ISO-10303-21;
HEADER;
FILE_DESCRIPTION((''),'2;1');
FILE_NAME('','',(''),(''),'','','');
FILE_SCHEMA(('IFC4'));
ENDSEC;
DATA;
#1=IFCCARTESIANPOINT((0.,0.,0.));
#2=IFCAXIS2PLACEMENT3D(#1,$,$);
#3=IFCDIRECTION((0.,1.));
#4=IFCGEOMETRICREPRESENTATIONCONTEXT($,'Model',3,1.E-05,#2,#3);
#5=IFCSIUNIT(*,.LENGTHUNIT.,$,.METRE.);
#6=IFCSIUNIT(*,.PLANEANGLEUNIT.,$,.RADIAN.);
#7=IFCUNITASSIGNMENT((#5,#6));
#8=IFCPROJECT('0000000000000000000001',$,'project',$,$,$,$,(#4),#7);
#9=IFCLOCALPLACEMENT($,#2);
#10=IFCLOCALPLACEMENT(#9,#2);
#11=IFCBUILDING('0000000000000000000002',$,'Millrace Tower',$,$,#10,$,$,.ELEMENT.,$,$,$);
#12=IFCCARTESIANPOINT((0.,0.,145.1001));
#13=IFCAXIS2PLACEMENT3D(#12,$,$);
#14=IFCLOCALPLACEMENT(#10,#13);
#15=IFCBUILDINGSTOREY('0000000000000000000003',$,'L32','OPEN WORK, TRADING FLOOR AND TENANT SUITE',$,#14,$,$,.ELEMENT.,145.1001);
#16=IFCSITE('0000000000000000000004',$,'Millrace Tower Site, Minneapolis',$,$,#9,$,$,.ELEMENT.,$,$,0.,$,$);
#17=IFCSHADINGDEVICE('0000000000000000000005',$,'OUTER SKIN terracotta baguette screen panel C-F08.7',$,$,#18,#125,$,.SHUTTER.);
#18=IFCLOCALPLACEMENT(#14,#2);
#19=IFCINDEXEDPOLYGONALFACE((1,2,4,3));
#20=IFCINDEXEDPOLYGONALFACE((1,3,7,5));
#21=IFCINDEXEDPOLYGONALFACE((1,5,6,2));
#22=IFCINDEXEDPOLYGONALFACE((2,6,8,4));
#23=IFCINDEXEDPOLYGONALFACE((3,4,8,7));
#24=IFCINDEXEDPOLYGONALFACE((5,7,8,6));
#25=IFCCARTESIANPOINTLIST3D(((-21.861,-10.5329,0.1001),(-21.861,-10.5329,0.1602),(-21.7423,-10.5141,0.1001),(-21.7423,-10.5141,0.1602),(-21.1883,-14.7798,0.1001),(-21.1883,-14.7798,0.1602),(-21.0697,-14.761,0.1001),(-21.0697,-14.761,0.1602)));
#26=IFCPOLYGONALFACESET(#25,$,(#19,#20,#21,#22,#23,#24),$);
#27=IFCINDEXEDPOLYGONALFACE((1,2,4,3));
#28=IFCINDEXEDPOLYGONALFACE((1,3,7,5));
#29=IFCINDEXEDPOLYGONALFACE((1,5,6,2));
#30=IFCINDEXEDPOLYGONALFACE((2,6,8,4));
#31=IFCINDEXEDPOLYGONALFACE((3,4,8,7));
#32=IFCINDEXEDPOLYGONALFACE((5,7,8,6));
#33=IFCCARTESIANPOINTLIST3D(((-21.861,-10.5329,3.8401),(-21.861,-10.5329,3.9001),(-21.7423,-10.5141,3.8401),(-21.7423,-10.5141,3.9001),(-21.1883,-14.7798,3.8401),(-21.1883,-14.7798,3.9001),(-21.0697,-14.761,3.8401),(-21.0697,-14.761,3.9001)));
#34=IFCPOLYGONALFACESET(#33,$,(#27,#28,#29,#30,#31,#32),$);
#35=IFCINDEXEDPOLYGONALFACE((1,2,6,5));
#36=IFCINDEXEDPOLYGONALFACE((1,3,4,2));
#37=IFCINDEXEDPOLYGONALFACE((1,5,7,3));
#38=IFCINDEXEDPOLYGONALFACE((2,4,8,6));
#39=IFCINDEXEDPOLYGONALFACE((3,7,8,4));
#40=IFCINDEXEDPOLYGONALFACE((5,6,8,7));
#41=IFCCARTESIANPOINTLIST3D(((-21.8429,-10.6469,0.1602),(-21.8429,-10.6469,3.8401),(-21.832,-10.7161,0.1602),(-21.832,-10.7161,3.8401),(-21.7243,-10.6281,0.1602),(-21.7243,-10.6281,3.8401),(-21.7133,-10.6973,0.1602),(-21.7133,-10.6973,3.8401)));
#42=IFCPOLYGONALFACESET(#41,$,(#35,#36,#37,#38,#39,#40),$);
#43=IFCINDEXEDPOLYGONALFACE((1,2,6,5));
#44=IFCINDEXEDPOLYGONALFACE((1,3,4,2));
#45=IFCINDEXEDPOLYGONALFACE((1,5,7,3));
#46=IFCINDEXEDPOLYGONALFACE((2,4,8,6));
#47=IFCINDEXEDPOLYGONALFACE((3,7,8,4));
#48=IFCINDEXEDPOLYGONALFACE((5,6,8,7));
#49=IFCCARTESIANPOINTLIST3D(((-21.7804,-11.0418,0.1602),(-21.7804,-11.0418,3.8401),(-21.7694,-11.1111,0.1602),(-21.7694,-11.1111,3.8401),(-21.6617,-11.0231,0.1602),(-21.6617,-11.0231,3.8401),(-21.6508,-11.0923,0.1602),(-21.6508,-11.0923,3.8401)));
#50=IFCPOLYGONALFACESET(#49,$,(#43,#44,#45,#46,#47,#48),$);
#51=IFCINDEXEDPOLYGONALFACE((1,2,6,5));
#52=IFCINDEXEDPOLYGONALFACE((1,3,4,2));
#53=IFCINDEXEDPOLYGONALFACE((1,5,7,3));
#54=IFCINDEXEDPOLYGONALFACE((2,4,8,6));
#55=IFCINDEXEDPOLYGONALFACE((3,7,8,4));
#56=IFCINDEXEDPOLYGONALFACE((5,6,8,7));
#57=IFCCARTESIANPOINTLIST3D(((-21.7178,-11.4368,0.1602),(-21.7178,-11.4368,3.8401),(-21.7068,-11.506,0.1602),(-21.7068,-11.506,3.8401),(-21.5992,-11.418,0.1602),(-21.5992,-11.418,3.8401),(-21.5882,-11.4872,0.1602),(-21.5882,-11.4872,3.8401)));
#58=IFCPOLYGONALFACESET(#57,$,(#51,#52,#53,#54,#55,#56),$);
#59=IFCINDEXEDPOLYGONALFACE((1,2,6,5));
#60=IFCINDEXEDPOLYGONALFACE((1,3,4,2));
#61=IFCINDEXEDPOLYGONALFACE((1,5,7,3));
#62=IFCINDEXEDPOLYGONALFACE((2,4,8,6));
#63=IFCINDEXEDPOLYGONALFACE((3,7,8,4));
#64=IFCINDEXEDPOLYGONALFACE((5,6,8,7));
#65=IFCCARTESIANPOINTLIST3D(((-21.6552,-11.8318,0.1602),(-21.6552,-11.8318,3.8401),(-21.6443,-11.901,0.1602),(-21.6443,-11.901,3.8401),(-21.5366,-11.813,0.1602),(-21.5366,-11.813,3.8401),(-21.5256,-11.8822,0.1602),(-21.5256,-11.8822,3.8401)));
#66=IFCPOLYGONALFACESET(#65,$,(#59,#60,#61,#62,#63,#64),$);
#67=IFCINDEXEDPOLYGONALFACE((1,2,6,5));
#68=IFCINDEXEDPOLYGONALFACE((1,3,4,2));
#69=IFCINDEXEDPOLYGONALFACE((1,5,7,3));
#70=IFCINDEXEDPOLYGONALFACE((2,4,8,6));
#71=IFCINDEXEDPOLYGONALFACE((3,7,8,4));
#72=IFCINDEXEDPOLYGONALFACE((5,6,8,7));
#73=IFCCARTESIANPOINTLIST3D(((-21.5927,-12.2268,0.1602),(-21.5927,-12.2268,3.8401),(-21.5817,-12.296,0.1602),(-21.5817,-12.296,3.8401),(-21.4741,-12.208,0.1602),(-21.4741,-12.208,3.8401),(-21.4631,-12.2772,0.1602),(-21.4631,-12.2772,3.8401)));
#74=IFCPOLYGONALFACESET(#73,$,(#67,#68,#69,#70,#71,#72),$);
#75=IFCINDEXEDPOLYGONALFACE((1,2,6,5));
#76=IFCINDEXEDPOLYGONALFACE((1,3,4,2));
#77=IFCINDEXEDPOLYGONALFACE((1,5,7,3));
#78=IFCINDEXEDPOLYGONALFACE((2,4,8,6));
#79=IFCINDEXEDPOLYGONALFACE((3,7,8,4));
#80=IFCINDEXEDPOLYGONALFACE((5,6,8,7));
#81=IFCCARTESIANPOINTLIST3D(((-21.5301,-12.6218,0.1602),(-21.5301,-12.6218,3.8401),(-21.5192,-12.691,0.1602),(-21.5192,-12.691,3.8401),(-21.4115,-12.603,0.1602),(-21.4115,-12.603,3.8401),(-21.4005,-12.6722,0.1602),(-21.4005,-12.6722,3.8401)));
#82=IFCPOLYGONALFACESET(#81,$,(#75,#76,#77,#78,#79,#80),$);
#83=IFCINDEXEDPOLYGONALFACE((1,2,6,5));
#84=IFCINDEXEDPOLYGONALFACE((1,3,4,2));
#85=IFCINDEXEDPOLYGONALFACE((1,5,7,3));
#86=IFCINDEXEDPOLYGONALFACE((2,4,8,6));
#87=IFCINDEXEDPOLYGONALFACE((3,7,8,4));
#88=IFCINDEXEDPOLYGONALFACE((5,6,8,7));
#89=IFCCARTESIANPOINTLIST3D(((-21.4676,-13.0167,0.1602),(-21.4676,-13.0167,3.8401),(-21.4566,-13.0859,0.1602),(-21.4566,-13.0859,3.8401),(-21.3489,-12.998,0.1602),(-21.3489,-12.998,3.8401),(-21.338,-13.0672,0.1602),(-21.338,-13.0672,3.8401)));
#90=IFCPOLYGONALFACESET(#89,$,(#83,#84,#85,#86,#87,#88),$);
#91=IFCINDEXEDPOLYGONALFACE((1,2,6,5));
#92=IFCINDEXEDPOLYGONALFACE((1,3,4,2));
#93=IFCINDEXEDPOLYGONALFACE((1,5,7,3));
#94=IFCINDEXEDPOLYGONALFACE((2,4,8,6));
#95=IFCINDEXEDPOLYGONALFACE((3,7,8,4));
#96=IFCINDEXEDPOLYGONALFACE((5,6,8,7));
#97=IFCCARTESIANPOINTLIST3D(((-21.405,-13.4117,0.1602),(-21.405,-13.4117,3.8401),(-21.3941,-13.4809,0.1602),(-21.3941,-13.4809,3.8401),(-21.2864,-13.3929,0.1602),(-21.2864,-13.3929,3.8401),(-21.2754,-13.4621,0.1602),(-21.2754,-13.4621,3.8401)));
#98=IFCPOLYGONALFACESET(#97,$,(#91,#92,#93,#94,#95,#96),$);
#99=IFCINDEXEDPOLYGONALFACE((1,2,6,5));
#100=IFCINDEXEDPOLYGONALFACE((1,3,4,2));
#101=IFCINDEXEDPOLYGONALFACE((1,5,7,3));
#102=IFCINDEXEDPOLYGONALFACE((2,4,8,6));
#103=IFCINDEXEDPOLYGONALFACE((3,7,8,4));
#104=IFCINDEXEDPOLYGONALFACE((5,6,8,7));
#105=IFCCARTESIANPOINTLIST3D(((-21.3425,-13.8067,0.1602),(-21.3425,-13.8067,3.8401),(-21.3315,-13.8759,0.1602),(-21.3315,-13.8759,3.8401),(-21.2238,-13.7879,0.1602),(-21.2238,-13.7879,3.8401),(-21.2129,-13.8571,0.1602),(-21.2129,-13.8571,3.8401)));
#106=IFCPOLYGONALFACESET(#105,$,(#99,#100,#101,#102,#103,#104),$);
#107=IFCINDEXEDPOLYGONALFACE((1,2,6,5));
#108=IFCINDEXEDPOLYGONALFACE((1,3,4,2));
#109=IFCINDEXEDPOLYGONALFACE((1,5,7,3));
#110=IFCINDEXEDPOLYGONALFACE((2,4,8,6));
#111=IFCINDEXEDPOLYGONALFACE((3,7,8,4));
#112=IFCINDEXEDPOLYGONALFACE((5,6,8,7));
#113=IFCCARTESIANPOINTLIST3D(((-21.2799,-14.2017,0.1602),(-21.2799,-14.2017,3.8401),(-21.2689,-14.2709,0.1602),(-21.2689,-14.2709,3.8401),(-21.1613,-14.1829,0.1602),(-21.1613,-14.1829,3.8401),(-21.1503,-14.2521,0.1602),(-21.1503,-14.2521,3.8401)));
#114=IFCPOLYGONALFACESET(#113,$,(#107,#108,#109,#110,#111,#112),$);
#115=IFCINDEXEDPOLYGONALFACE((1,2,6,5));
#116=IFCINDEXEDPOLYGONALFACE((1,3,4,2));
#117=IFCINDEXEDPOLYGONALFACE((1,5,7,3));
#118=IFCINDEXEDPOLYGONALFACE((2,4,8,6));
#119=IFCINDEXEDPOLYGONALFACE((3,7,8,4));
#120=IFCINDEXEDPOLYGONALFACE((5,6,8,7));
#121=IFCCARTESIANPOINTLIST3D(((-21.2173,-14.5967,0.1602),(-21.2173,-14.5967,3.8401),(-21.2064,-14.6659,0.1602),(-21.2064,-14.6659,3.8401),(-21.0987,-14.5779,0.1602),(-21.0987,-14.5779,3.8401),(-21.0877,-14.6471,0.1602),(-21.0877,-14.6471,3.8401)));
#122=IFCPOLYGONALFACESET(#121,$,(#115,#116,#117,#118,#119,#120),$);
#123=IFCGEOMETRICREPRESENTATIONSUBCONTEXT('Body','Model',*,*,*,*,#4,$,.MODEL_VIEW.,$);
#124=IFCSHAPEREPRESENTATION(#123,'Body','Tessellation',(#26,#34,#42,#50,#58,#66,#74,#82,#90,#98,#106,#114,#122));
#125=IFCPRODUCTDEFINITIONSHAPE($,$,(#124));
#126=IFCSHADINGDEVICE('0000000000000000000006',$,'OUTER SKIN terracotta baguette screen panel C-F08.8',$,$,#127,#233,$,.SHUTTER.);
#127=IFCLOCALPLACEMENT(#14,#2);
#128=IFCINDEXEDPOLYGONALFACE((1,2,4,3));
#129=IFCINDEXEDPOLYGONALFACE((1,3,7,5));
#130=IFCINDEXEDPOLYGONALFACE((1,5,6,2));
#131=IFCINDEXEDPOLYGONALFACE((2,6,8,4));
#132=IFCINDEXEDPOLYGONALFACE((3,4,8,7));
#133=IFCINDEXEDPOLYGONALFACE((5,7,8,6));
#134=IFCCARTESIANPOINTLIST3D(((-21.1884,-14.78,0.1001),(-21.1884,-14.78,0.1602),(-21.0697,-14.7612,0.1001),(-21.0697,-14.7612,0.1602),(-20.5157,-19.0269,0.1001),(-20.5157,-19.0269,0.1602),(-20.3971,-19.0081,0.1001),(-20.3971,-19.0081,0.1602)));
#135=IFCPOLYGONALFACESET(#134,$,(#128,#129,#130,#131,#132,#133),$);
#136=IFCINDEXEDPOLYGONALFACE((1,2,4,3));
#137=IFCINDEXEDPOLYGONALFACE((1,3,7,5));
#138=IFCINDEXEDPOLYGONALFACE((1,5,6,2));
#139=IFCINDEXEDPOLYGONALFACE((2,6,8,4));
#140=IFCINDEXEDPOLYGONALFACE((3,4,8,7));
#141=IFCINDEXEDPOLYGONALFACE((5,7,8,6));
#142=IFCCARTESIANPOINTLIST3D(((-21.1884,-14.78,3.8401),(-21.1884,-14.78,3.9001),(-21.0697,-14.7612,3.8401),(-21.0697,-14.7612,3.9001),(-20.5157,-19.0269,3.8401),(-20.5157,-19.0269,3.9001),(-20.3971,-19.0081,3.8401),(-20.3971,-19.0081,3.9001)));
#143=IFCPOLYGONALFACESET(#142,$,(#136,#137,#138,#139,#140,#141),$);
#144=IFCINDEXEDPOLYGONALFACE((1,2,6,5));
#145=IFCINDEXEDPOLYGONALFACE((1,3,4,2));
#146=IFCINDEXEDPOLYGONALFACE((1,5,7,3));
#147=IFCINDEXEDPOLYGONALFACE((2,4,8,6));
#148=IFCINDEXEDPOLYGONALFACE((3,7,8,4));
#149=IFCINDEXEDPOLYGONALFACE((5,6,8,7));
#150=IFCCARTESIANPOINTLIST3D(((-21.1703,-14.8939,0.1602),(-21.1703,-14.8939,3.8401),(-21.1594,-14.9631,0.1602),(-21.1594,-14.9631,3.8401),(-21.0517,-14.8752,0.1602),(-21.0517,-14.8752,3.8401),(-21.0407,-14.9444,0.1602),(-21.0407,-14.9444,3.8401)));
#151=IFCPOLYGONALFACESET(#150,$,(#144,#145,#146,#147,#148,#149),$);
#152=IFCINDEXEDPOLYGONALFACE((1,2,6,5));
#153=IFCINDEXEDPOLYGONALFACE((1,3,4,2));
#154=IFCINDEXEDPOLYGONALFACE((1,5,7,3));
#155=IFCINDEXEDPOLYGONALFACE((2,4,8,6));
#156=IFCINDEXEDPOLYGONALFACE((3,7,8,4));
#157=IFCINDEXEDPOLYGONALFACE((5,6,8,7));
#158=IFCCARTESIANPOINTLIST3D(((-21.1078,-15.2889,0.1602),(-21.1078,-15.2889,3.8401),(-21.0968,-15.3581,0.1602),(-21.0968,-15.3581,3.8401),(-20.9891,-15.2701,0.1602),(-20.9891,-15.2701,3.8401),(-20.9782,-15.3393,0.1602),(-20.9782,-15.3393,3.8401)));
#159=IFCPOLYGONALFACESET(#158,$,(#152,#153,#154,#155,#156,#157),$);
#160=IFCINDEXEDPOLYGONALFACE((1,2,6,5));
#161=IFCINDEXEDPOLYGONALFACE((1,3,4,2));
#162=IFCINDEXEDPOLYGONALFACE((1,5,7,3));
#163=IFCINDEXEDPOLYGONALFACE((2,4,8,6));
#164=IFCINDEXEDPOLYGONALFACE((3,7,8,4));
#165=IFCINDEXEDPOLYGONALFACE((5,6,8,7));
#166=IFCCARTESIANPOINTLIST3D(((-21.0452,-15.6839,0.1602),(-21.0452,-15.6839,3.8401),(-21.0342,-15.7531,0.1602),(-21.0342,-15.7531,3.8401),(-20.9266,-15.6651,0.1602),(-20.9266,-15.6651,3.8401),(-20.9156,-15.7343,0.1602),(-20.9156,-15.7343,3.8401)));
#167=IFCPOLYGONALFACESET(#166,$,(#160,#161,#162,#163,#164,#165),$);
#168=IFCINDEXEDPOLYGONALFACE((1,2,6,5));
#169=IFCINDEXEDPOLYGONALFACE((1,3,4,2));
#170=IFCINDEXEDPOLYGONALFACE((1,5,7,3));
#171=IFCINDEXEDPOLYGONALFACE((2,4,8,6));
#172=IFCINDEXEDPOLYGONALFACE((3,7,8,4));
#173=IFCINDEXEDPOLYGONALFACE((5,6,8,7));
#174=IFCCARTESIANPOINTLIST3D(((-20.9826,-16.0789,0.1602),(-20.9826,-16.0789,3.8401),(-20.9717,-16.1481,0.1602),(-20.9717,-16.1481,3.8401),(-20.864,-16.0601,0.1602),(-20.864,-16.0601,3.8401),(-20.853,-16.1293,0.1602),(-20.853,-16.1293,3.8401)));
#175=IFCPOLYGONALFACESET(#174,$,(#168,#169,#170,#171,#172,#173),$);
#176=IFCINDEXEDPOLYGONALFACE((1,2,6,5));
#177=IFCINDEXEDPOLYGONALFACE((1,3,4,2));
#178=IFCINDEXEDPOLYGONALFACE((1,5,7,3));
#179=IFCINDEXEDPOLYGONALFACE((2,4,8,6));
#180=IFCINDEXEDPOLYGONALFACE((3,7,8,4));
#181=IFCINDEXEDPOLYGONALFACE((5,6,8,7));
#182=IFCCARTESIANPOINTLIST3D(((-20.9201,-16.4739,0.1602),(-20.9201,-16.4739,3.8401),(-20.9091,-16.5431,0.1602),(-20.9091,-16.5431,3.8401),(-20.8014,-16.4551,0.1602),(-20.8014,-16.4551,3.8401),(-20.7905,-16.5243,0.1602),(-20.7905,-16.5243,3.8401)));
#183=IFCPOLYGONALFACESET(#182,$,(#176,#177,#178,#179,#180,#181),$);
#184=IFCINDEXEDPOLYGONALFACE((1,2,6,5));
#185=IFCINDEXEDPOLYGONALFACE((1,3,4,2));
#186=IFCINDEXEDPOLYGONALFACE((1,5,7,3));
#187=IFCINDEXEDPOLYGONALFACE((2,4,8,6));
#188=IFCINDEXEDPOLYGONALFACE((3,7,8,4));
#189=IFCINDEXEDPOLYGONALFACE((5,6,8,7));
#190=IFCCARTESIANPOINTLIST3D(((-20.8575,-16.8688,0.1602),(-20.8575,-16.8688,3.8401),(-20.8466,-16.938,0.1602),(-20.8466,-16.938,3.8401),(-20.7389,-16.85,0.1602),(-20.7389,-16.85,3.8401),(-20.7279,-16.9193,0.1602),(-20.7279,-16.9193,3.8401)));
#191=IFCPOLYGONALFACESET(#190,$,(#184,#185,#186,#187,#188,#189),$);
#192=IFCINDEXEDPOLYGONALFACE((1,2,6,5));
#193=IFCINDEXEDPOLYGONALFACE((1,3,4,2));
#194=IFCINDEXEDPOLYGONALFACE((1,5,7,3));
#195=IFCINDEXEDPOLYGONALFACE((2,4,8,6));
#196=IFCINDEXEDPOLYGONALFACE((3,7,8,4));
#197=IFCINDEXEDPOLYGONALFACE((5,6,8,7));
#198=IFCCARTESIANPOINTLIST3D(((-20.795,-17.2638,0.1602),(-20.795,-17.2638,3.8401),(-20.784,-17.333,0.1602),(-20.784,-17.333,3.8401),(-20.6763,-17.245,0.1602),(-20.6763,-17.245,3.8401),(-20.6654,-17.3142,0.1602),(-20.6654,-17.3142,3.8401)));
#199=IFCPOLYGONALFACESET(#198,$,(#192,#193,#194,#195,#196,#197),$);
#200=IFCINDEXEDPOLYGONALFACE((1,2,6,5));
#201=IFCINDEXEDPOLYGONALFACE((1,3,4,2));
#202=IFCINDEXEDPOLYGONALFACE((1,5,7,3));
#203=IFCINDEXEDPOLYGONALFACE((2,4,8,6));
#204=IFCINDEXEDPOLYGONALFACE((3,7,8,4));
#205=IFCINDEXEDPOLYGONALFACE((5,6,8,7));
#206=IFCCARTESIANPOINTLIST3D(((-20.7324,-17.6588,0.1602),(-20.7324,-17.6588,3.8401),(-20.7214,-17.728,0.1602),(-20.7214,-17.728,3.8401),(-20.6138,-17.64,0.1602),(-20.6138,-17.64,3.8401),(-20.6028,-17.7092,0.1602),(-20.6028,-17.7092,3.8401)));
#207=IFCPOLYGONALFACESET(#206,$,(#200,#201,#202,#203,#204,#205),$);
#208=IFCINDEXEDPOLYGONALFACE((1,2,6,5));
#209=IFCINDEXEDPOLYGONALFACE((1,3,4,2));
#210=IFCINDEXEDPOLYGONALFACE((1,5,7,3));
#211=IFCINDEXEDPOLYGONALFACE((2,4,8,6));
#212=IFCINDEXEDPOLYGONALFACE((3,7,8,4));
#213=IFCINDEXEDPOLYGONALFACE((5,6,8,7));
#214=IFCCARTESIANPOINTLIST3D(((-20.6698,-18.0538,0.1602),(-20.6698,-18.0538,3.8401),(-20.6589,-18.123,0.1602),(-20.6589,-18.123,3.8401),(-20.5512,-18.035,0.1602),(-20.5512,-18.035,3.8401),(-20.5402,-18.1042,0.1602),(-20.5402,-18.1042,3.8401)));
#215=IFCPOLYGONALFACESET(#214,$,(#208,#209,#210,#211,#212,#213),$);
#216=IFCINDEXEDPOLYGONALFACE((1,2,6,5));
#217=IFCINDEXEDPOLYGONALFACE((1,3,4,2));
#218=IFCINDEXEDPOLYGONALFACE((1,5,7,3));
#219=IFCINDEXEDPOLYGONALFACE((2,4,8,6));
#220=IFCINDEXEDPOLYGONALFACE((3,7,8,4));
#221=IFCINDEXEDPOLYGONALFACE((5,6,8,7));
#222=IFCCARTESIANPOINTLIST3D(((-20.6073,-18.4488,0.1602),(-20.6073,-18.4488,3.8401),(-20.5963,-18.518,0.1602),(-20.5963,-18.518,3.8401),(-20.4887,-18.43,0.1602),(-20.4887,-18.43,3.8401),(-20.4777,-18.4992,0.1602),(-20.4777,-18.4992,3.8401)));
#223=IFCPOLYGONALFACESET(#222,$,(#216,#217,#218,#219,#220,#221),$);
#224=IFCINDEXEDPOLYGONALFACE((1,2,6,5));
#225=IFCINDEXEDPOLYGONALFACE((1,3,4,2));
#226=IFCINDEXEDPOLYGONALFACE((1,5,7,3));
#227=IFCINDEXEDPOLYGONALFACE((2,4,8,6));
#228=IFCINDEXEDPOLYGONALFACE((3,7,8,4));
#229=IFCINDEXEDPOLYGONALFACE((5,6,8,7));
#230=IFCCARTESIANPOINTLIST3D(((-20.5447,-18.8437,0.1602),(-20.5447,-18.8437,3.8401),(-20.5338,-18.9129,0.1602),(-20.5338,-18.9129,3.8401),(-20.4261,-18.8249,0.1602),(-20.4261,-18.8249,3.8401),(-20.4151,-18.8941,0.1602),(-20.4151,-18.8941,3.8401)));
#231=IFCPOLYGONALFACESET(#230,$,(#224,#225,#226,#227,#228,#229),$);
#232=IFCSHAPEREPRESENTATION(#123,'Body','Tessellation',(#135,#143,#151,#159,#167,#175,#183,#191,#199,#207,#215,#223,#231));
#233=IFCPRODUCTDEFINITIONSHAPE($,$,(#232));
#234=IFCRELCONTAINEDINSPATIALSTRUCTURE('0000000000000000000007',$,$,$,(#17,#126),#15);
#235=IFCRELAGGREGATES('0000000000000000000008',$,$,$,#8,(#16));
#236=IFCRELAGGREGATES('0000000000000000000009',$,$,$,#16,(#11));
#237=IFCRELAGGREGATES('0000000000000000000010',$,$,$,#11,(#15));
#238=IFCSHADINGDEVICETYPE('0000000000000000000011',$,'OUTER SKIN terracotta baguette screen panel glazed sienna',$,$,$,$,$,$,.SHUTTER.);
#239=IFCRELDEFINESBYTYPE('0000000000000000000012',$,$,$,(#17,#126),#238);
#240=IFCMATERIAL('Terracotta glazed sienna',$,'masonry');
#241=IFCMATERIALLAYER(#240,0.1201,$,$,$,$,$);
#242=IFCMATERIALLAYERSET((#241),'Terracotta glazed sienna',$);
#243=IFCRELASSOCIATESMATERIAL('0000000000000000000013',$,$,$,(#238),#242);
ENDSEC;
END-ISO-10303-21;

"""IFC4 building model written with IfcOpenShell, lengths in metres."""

from ifc_helpers import new_model, entity, si_unit, direction, frame, frame_2d, origin, origin_2d, place, context, subcontext, project, spatial, rectangle, extrude, source, transform, mapped, material, layer, layer_set, type_object, element, save


model = new_model("IFC4")

# Units and contexts
model_context = context("Model", 3, precision=1e-05, world=origin(), true_north=direction((0.0, 1.0)))
body_context = subcontext(model_context, "Body", "Model", "MODEL_VIEW")
ifc_project = project(units=[si_unit("LENGTHUNIT", "METRE"), si_unit("PLANEANGLEUNIT", "RADIAN")], contexts=[model_context])

# Site, building, storey
site_placement = place(None, origin())
site = spatial("IfcSite", under=ifc_project, at=site_placement, Name="Millrace Tower Site, Minneapolis", CompositionType="ELEMENT", RefElevation=0.0)
building_placement = place(site_placement, origin())
building = spatial("IfcBuilding", under=site, at=building_placement, Name="Millrace Tower", CompositionType="ELEMENT")
storey_placement = place(building_placement, frame((0.0, 0.0, 145.1001)))
storey = spatial("IfcBuildingStorey", under=building, at=storey_placement, Name="L32", Description="OPEN WORK, TRADING FLOOR AND TENANT SUITE", CompositionType="ELEMENT", Elevation=145.1001)

# Shading devices
ifc_material_1 = material(Name="Terracotta glazed sienna", Category="masonry")
ifc_layer_1 = layer(ifc_material_1, 0.1201)
ifc_layer_set_1 = layer_set([ifc_layer_1], Name="Terracotta glazed sienna")
shading_device_type = type_object("IfcShadingDeviceType", Name="OUTER SKIN terracotta baguette screen panel glazed sienna", PredefinedType="SHUTTER", material=ifc_layer_set_1)
cartesian_point_1 = entity("IfcCartesianPoint", [-2.1499, 0.0601])
shared_polyline_1 = entity("IfcPolyline", [cartesian_point_1, entity("IfcCartesianPoint", [2.1499, 0.0601]), entity("IfcCartesianPoint", [2.1499, -0.0601]), entity("IfcCartesianPoint", [-2.1499, -0.0601]), cartesian_point_1])
shared_shape_1 = source(origin(), body_context, "Body", "SweptSolid", [
    entity("IfcExtrudedAreaSolid", entity("IfcArbitraryClosedProfileDef", "AREA", None, shared_polyline_1), entity("IfcAxis2Placement3D", entity("IfcCartesianPoint", [0.0, 0.0, 0.0])), entity("IfcDirection", [0.0, 0.0, 1.0]), 0.0601),
    entity("IfcExtrudedAreaSolid", entity("IfcArbitraryClosedProfileDef", "AREA", None, shared_polyline_1), entity("IfcAxis2Placement3D", entity("IfcCartesianPoint", [0.0, 0.0, 3.74])), entity("IfcDirection", [0.0, 0.0, 1.0]), 0.0601),
    extrude(rectangle(XDim=0.0701, YDim=0.1201, at=frame_2d((-1.9995, 0.0))), frame((0.0, 0.0, 0.0601)), (0.0, 0.0, 1.0), 3.6799),
    extrude(rectangle(XDim=0.0701, YDim=0.1201, at=frame_2d((-1.5996, 0.0))), frame((0.0, 0.0, 0.0601)), (0.0, 0.0, 1.0), 3.6799),
    extrude(rectangle(XDim=0.0701, YDim=0.1201, at=frame_2d((-1.1997, 0.0))), frame((0.0, 0.0, 0.0601)), (0.0, 0.0, 1.0), 3.6799),
    extrude(rectangle(XDim=0.0701, YDim=0.1201, at=frame_2d((-0.7998, 0.0))), frame((0.0, 0.0, 0.0601)), (0.0, 0.0, 1.0), 3.6799),
    extrude(rectangle(XDim=0.0701, YDim=0.1201, at=frame_2d((-0.3999, 0.0))), frame((0.0, 0.0, 0.0601)), (0.0, 0.0, 1.0), 3.6799),
    extrude(rectangle(XDim=0.0701, YDim=0.1201, at=origin_2d()), frame((0.0, 0.0, 0.0601)), (0.0, 0.0, 1.0), 3.6799),
    extrude(rectangle(XDim=0.0701, YDim=0.1201, at=frame_2d((0.3999, 0.0))), frame((0.0, 0.0, 0.0601)), (0.0, 0.0, 1.0), 3.6799),
    extrude(rectangle(XDim=0.0701, YDim=0.1201, at=frame_2d((0.7998, 0.0))), frame((0.0, 0.0, 0.0601)), (0.0, 0.0, 1.0), 3.6799),
    extrude(rectangle(XDim=0.0701, YDim=0.1201, at=frame_2d((1.1997, 0.0))), frame((0.0, 0.0, 0.0601)), (0.0, 0.0, 1.0), 3.6799),
    extrude(rectangle(XDim=0.0701, YDim=0.1201, at=frame_2d((1.5996, 0.0))), frame((0.0, 0.0, 0.0601)), (0.0, 0.0, 1.0), 3.6799),
    extrude(rectangle(XDim=0.0701, YDim=0.1201, at=frame_2d((1.9995, 0.0))), frame((0.0, 0.0, 0.0601)), (0.0, 0.0, 1.0), 3.6799),
])
for number, where, z_axis, x_axis, name in (
    (1, (-21.4653, -12.647, 0.1001), (0.0, 0.0, 1.0), (0.156434, -0.987688, 0.0), "OUTER SKIN terracotta baguette screen panel C-F08.7"),
    (2, (-20.7927, -16.894, 0.1001), (0.0, 0.0, 1.0), (0.156434, -0.987688, 0.0), "OUTER SKIN terracotta baguette screen panel C-F08.8"),
):
    element("IfcShadingDevice", number, at=place(storey_placement, frame(where, z_axis=z_axis, x_axis=x_axis)), inside=storey, type_object=shading_device_type, Name=name, PredefinedType="SHUTTER", context=body_context, shape_type="MappedRepresentation", body=[
        mapped(shared_shape_1, transform((0.0, 0.0, 0.0), scale=1.0)),
    ])

save(model, "model.ifc")
